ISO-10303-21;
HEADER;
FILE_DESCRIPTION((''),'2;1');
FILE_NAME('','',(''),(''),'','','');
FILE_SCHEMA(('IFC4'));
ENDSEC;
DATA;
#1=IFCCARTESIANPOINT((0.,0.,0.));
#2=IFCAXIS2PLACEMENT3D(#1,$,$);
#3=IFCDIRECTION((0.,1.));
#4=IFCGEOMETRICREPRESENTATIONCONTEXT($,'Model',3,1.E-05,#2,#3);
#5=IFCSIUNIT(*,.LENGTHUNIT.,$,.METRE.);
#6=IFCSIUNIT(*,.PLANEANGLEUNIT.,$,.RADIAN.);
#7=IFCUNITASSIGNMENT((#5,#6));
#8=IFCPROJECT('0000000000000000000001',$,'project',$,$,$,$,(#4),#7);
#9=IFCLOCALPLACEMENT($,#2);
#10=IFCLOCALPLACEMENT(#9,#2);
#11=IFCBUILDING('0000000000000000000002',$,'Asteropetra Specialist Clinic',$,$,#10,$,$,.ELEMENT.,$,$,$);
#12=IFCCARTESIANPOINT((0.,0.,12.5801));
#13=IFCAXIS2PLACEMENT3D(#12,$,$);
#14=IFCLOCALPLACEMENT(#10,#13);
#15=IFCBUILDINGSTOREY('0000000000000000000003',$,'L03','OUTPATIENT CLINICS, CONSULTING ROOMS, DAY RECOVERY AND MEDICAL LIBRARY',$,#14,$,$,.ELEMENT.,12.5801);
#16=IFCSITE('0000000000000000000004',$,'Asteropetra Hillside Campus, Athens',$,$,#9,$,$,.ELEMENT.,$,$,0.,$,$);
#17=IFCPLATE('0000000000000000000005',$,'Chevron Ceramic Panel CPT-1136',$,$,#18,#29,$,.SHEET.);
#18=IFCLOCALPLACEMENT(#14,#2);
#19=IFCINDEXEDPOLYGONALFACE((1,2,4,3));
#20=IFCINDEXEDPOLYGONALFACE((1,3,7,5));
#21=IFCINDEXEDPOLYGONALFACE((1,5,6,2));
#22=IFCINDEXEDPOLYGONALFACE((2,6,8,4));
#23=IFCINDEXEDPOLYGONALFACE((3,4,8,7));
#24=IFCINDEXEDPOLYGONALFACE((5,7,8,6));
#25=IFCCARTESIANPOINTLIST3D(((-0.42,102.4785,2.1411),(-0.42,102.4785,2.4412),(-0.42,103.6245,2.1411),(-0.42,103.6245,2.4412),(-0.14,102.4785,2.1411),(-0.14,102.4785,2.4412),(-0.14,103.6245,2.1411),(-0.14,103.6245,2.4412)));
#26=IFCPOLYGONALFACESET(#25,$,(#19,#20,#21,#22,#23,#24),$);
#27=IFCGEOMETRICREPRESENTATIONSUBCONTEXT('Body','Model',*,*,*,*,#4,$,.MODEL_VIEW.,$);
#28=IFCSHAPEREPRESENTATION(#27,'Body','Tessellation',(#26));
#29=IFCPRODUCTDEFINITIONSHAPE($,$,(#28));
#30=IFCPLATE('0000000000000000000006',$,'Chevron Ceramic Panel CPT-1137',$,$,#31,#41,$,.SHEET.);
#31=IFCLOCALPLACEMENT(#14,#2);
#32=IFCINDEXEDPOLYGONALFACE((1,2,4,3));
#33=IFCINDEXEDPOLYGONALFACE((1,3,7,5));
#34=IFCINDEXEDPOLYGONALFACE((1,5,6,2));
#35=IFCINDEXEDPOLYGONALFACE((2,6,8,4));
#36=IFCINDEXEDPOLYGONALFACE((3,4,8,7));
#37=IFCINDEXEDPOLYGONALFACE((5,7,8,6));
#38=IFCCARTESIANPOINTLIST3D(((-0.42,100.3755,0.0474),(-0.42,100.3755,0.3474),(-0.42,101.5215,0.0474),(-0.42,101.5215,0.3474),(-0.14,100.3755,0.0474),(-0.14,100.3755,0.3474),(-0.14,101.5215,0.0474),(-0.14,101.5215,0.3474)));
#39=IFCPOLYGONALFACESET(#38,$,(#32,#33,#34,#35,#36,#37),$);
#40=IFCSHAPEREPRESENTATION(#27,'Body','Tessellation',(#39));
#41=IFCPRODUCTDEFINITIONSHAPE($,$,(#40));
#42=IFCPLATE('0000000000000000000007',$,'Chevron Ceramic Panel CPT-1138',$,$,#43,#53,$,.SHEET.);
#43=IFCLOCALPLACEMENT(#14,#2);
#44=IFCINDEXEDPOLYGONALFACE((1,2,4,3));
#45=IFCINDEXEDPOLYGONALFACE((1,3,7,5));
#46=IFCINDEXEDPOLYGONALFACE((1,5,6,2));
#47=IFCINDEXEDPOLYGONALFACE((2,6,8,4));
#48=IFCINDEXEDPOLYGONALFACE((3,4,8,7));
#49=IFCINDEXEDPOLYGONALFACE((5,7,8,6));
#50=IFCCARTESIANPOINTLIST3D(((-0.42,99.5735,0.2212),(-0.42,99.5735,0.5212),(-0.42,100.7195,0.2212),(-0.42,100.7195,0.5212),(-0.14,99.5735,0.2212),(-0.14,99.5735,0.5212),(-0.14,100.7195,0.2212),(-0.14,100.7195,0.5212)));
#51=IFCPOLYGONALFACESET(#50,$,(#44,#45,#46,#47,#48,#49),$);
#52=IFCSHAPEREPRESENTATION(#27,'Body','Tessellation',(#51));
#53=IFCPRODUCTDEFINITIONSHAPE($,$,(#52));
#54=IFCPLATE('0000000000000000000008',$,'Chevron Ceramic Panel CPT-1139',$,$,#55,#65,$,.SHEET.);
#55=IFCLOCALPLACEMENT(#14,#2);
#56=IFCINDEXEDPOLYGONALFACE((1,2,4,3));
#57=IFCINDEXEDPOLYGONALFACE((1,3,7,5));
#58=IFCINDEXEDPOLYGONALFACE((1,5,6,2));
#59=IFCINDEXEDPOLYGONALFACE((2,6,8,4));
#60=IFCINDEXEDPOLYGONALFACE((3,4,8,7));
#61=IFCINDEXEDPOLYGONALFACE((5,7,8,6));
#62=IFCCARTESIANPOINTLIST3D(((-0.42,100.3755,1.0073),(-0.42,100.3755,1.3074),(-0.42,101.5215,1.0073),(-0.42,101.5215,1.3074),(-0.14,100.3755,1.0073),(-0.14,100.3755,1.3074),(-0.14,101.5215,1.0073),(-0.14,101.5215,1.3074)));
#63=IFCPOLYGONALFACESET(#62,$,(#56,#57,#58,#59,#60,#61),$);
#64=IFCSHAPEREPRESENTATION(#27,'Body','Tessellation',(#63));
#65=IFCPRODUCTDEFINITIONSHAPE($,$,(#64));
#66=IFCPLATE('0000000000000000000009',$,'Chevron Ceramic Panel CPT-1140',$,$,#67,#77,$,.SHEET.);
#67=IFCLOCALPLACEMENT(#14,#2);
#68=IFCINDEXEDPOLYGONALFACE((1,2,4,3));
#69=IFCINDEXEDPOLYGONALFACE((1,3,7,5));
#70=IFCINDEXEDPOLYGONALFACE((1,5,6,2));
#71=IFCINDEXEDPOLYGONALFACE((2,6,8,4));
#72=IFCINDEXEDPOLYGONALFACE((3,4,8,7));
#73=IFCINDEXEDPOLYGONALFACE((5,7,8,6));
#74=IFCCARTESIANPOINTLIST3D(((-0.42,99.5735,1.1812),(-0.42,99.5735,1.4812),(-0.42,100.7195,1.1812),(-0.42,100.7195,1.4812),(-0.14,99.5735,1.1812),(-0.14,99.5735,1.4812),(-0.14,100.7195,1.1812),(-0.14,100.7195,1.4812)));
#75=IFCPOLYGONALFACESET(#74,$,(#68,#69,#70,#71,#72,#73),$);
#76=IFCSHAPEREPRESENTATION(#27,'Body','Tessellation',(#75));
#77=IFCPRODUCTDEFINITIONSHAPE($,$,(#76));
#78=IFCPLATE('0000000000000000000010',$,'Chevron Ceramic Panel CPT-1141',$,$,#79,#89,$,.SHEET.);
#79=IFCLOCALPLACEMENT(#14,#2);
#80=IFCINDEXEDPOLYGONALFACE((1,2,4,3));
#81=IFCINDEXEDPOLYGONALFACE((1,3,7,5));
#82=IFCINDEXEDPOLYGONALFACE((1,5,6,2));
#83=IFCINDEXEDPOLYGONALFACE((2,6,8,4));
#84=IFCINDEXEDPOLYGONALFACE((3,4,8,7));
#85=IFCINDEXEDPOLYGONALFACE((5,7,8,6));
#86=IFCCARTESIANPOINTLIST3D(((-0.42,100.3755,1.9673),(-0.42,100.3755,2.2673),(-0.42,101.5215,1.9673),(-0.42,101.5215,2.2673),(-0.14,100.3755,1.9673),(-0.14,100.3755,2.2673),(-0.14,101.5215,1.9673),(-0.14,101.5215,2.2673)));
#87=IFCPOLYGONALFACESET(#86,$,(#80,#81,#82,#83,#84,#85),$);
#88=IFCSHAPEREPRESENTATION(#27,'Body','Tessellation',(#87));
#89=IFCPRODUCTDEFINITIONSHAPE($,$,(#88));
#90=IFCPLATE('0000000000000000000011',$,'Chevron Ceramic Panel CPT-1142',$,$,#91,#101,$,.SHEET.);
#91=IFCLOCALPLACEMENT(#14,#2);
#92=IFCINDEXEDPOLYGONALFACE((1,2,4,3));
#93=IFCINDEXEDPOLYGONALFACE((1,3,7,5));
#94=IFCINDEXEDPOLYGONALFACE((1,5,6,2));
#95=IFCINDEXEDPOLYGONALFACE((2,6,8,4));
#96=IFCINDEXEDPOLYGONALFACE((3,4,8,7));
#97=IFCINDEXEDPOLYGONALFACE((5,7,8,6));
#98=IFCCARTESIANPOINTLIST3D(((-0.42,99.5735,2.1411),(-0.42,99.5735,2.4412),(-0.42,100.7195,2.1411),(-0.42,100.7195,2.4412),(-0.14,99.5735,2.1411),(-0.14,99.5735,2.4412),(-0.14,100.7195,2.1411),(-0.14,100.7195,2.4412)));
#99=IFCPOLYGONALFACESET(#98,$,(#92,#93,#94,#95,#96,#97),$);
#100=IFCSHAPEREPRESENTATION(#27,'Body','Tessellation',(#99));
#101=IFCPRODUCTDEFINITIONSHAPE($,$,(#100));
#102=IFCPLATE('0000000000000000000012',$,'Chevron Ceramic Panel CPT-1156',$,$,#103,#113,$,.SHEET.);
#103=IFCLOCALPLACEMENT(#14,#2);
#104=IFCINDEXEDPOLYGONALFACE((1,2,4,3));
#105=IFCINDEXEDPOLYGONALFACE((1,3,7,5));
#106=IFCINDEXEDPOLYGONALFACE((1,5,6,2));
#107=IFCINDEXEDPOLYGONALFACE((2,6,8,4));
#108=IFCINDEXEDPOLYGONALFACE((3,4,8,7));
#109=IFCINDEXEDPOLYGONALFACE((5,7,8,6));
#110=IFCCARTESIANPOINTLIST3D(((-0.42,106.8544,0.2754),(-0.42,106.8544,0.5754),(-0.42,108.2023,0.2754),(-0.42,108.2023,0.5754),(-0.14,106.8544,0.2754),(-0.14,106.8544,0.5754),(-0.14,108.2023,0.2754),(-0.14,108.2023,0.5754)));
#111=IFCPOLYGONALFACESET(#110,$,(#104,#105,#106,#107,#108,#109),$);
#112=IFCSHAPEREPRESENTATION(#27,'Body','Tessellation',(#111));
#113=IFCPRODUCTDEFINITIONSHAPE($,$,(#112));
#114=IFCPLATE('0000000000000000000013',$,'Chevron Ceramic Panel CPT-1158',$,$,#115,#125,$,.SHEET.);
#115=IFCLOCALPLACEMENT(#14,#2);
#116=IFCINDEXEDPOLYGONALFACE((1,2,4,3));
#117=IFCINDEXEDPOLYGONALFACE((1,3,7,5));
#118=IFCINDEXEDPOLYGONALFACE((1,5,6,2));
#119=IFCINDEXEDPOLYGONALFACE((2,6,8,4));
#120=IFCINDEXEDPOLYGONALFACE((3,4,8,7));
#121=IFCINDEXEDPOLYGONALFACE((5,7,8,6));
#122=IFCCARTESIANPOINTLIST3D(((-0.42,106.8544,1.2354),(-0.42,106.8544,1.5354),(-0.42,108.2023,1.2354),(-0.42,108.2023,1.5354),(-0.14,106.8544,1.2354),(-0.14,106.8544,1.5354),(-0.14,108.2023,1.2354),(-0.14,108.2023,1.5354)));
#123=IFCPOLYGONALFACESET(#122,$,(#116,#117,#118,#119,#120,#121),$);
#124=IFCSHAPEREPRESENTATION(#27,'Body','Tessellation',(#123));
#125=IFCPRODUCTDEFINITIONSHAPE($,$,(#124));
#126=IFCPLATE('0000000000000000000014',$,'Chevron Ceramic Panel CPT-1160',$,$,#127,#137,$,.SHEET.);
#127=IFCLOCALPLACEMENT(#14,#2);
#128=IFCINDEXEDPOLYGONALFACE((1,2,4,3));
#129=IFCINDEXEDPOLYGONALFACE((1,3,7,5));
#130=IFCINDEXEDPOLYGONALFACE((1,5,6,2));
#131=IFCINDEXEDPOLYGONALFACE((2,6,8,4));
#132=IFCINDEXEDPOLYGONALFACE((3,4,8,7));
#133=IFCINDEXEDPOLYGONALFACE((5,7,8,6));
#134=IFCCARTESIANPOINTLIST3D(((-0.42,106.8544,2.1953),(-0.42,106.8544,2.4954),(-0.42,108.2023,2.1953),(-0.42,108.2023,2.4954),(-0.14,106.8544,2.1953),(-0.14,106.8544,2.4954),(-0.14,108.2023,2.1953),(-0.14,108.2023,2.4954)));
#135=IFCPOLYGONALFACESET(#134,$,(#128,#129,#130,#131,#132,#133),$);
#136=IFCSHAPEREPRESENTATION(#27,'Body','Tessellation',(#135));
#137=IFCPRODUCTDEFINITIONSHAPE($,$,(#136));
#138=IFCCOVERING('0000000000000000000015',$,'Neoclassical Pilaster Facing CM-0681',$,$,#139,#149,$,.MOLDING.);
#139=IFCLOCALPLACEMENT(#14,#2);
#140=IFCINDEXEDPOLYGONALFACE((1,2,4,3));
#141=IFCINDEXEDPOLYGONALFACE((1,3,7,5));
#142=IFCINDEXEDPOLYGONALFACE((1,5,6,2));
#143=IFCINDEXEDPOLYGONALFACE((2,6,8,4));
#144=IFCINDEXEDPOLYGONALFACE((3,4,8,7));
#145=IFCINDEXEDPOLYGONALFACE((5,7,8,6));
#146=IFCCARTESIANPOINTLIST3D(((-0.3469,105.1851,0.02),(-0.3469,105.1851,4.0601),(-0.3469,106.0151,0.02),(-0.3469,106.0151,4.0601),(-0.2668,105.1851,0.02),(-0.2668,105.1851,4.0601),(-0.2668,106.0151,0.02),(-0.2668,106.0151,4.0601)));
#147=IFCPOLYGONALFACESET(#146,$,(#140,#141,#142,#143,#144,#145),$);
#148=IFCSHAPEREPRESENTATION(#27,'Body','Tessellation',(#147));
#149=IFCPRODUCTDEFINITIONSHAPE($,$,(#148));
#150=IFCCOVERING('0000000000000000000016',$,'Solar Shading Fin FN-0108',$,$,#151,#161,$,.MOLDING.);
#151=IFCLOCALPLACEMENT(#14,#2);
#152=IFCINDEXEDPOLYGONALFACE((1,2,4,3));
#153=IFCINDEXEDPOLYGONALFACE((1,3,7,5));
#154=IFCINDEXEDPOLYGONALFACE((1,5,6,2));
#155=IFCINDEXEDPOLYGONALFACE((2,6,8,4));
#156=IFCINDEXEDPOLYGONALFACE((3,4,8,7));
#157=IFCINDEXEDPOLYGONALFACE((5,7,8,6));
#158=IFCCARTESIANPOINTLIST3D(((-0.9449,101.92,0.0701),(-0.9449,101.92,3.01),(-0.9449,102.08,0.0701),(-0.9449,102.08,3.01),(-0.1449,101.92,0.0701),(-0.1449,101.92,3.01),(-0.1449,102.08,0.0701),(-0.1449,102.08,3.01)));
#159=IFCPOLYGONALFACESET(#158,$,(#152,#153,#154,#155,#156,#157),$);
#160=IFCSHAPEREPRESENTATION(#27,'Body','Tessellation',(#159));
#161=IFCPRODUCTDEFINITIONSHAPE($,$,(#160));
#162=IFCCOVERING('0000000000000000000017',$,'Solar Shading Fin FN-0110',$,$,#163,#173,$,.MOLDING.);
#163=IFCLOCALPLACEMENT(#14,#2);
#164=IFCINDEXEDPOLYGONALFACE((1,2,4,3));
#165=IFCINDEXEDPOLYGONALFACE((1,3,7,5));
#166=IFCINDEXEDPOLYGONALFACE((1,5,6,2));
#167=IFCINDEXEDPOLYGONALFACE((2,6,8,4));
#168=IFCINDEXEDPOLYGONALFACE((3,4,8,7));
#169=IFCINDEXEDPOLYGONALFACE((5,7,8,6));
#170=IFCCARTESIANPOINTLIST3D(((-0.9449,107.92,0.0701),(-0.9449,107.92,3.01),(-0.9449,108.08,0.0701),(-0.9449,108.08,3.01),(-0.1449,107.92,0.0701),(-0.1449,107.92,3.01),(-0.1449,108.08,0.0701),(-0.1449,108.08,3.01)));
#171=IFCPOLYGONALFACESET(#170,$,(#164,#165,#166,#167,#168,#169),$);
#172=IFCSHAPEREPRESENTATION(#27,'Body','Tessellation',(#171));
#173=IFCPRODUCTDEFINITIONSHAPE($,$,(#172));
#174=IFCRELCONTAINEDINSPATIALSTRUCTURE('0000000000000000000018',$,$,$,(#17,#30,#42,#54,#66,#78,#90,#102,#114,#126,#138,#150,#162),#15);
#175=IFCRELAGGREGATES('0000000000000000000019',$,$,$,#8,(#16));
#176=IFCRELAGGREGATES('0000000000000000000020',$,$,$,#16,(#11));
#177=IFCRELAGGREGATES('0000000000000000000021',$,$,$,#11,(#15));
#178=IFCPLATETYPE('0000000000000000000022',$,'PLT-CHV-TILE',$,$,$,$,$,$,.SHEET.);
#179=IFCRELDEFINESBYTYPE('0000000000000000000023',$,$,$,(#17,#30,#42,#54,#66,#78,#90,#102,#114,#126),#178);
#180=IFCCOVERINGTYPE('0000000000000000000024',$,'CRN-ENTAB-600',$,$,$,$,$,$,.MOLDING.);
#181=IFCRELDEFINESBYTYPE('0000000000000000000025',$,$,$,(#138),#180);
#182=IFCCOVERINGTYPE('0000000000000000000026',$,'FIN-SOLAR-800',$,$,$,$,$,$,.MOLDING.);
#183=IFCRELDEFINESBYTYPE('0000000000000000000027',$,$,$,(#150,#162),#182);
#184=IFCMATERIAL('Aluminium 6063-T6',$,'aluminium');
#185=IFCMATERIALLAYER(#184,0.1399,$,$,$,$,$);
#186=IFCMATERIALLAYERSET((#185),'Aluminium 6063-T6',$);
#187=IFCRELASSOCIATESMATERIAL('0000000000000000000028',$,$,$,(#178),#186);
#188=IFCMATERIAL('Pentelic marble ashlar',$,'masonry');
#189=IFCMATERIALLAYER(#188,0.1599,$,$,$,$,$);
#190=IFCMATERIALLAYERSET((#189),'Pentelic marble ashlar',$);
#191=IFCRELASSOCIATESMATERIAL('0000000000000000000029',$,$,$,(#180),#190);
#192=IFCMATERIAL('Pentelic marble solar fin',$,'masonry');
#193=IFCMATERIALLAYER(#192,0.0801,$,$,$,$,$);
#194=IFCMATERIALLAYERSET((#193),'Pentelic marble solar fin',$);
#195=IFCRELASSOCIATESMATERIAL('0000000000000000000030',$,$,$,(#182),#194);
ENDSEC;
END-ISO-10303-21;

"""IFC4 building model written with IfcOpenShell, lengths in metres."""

from ifc_helpers import new_model, si_unit, direction, frame, origin, origin_2d, place, context, subcontext, project, spatial, rectangle, extrude, material, layer, layer_set, type_object, element, save


model = new_model("IFC4")

# Units and contexts
model_context = context("Model", 3, precision=1e-05, world=origin(), true_north=direction((0.0, 1.0)))
body_context = subcontext(model_context, "Body", "Model", "MODEL_VIEW")
ifc_project = project(units=[si_unit("LENGTHUNIT", "METRE"), si_unit("PLANEANGLEUNIT", "RADIAN")], contexts=[model_context])

# Site, building, storey
site_placement = place(None, origin())
site = spatial("IfcSite", under=ifc_project, at=site_placement, Name="Asteropetra Hillside Campus, Athens", CompositionType="ELEMENT", RefElevation=0.0)
building_placement = place(site_placement, origin())
building = spatial("IfcBuilding", under=site, at=building_placement, Name="Asteropetra Specialist Clinic", CompositionType="ELEMENT")
storey_placement = place(building_placement, frame((0.0, 0.0, 12.5801)))
storey = spatial("IfcBuildingStorey", under=building, at=storey_placement, Name="L03", Description="OUTPATIENT CLINICS, CONSULTING ROOMS, DAY RECOVERY AND MEDICAL LIBRARY", CompositionType="ELEMENT", Elevation=12.5801)

# Plates
ifc_material_1 = material(Name="Aluminium 6063-T6", Category="aluminium")
ifc_layer_1 = layer(ifc_material_1, 0.1399)
ifc_layer_set_1 = layer_set([ifc_layer_1], Name="Aluminium 6063-T6")
plate_type_1 = type_object("IfcPlateType", Name="PLT-CHV-TILE", PredefinedType="SHEET", material=ifc_layer_set_1)
for number, where, z_axis, x_axis, name in (
    (1, (-0.28, 103.0515, 2.1411), (0.0, 0.0, 1.0), (1.0, 0.0, 0.0), "Chevron Ceramic Panel CPT-1136"),
    (2, (-0.28, 100.9485, 0.0474), (0.0, 0.0, 1.0), (1.0, 0.0, 0.0), "Chevron Ceramic Panel CPT-1137"),
    (3, (-0.28, 100.1465, 0.2212), (0.0, 0.0, 1.0), (1.0, 0.0, 0.0), "Chevron Ceramic Panel CPT-1138"),
    (4, (-0.28, 100.9485, 1.0073), (0.0, 0.0, 1.0), (1.0, 0.0, 0.0), "Chevron Ceramic Panel CPT-1139"),
    (5, (-0.28, 100.1465, 1.1812), (0.0, 0.0, 1.0), (1.0, 0.0, 0.0), "Chevron Ceramic Panel CPT-1140"),
    (6, (-0.28, 100.9485, 1.9673), (0.0, 0.0, 1.0), (1.0, 0.0, 0.0), "Chevron Ceramic Panel CPT-1141"),
    (7, (-0.28, 100.1465, 2.1411), (0.0, 0.0, 1.0), (1.0, 0.0, 0.0), "Chevron Ceramic Panel CPT-1142"),
):
    element("IfcPlate", number, at=place(storey_placement, frame(where, z_axis=z_axis, x_axis=x_axis)), inside=storey, type_object=plate_type_1, Name=name, PredefinedType="SHEET", context=body_context, shape_type="SweptSolid", body=[
        extrude(rectangle(XDim=0.28, YDim=1.146, at=origin_2d()), origin(), (0.0, 0.0, 1.0), 0.3),
    ])
for number, where, z_axis, x_axis, name in (
    (8, (-0.28, 107.5283, 0.2754), (0.0, 0.0, 1.0), (1.0, 0.0, 0.0), "Chevron Ceramic Panel CPT-1156"),
    (9, (-0.28, 107.5283, 1.2354), (0.0, 0.0, 1.0), (1.0, 0.0, 0.0), "Chevron Ceramic Panel CPT-1158"),
    (10, (-0.28, 107.5283, 2.1953), (0.0, 0.0, 1.0), (1.0, 0.0, 0.0), "Chevron Ceramic Panel CPT-1160"),
):
    element("IfcPlate", number, at=place(storey_placement, frame(where, z_axis=z_axis, x_axis=x_axis)), inside=storey, type_object=plate_type_1, Name=name, PredefinedType="SHEET", context=body_context, shape_type="SweptSolid", body=[
        extrude(rectangle(XDim=0.28, YDim=1.3479, at=origin_2d()), origin(), (0.0, 0.0, 1.0), 0.3),
    ])

# Coverings
ifc_material_2 = material(Name="Pentelic marble ashlar", Category="masonry")
ifc_layer_2 = layer(ifc_material_2, 0.1599)
ifc_layer_set_2 = layer_set([ifc_layer_2], Name="Pentelic marble ashlar")
covering_type_1 = type_object("IfcCoveringType", Name="CRN-ENTAB-600", PredefinedType="MOLDING", material=ifc_layer_set_2)
covering_placement = place(storey_placement, frame((-0.3069, 105.6001, 0.02), z_axis=(0.0, 0.0, 1.0), x_axis=(1.0, 0.0, 0.0)))
element("IfcCovering", 11, at=covering_placement, inside=storey, type_object=covering_type_1, Name="Neoclassical Pilaster Facing CM-0681", PredefinedType="MOLDING", context=body_context, shape_type="SweptSolid", body=[
    extrude(rectangle(XDim=0.0801, YDim=0.8301, at=origin_2d()), origin(), (0.0, 0.0, 1.0), 4.04),
])
ifc_material_3 = material(Name="Pentelic marble solar fin", Category="masonry")
ifc_layer_3 = layer(ifc_material_3, 0.0801)
ifc_layer_set_3 = layer_set([ifc_layer_3], Name="Pentelic marble solar fin")
covering_type_2 = type_object("IfcCoveringType", Name="FIN-SOLAR-800", PredefinedType="MOLDING", material=ifc_layer_set_3)
for number, where, z_axis, x_axis, name in (
    (12, (-0.5449, 102.0, 0.0701), (0.0, 0.0, 1.0), (1.0, 0.0, 0.0), "Solar Shading Fin FN-0108"),
    (13, (-0.5449, 108.0, 0.0701), (0.0, 0.0, 1.0), (1.0, 0.0, 0.0), "Solar Shading Fin FN-0110"),
):
    element("IfcCovering", number, at=place(storey_placement, frame(where, z_axis=z_axis, x_axis=x_axis)), inside=storey, type_object=covering_type_2, Name=name, PredefinedType="MOLDING", context=body_context, shape_type="SweptSolid", body=[
        extrude(rectangle(XDim=0.8, YDim=0.1599, at=origin_2d()), origin(), (0.0, 0.0, 1.0), 2.9399),
    ])

save(model, "model.ifc")
